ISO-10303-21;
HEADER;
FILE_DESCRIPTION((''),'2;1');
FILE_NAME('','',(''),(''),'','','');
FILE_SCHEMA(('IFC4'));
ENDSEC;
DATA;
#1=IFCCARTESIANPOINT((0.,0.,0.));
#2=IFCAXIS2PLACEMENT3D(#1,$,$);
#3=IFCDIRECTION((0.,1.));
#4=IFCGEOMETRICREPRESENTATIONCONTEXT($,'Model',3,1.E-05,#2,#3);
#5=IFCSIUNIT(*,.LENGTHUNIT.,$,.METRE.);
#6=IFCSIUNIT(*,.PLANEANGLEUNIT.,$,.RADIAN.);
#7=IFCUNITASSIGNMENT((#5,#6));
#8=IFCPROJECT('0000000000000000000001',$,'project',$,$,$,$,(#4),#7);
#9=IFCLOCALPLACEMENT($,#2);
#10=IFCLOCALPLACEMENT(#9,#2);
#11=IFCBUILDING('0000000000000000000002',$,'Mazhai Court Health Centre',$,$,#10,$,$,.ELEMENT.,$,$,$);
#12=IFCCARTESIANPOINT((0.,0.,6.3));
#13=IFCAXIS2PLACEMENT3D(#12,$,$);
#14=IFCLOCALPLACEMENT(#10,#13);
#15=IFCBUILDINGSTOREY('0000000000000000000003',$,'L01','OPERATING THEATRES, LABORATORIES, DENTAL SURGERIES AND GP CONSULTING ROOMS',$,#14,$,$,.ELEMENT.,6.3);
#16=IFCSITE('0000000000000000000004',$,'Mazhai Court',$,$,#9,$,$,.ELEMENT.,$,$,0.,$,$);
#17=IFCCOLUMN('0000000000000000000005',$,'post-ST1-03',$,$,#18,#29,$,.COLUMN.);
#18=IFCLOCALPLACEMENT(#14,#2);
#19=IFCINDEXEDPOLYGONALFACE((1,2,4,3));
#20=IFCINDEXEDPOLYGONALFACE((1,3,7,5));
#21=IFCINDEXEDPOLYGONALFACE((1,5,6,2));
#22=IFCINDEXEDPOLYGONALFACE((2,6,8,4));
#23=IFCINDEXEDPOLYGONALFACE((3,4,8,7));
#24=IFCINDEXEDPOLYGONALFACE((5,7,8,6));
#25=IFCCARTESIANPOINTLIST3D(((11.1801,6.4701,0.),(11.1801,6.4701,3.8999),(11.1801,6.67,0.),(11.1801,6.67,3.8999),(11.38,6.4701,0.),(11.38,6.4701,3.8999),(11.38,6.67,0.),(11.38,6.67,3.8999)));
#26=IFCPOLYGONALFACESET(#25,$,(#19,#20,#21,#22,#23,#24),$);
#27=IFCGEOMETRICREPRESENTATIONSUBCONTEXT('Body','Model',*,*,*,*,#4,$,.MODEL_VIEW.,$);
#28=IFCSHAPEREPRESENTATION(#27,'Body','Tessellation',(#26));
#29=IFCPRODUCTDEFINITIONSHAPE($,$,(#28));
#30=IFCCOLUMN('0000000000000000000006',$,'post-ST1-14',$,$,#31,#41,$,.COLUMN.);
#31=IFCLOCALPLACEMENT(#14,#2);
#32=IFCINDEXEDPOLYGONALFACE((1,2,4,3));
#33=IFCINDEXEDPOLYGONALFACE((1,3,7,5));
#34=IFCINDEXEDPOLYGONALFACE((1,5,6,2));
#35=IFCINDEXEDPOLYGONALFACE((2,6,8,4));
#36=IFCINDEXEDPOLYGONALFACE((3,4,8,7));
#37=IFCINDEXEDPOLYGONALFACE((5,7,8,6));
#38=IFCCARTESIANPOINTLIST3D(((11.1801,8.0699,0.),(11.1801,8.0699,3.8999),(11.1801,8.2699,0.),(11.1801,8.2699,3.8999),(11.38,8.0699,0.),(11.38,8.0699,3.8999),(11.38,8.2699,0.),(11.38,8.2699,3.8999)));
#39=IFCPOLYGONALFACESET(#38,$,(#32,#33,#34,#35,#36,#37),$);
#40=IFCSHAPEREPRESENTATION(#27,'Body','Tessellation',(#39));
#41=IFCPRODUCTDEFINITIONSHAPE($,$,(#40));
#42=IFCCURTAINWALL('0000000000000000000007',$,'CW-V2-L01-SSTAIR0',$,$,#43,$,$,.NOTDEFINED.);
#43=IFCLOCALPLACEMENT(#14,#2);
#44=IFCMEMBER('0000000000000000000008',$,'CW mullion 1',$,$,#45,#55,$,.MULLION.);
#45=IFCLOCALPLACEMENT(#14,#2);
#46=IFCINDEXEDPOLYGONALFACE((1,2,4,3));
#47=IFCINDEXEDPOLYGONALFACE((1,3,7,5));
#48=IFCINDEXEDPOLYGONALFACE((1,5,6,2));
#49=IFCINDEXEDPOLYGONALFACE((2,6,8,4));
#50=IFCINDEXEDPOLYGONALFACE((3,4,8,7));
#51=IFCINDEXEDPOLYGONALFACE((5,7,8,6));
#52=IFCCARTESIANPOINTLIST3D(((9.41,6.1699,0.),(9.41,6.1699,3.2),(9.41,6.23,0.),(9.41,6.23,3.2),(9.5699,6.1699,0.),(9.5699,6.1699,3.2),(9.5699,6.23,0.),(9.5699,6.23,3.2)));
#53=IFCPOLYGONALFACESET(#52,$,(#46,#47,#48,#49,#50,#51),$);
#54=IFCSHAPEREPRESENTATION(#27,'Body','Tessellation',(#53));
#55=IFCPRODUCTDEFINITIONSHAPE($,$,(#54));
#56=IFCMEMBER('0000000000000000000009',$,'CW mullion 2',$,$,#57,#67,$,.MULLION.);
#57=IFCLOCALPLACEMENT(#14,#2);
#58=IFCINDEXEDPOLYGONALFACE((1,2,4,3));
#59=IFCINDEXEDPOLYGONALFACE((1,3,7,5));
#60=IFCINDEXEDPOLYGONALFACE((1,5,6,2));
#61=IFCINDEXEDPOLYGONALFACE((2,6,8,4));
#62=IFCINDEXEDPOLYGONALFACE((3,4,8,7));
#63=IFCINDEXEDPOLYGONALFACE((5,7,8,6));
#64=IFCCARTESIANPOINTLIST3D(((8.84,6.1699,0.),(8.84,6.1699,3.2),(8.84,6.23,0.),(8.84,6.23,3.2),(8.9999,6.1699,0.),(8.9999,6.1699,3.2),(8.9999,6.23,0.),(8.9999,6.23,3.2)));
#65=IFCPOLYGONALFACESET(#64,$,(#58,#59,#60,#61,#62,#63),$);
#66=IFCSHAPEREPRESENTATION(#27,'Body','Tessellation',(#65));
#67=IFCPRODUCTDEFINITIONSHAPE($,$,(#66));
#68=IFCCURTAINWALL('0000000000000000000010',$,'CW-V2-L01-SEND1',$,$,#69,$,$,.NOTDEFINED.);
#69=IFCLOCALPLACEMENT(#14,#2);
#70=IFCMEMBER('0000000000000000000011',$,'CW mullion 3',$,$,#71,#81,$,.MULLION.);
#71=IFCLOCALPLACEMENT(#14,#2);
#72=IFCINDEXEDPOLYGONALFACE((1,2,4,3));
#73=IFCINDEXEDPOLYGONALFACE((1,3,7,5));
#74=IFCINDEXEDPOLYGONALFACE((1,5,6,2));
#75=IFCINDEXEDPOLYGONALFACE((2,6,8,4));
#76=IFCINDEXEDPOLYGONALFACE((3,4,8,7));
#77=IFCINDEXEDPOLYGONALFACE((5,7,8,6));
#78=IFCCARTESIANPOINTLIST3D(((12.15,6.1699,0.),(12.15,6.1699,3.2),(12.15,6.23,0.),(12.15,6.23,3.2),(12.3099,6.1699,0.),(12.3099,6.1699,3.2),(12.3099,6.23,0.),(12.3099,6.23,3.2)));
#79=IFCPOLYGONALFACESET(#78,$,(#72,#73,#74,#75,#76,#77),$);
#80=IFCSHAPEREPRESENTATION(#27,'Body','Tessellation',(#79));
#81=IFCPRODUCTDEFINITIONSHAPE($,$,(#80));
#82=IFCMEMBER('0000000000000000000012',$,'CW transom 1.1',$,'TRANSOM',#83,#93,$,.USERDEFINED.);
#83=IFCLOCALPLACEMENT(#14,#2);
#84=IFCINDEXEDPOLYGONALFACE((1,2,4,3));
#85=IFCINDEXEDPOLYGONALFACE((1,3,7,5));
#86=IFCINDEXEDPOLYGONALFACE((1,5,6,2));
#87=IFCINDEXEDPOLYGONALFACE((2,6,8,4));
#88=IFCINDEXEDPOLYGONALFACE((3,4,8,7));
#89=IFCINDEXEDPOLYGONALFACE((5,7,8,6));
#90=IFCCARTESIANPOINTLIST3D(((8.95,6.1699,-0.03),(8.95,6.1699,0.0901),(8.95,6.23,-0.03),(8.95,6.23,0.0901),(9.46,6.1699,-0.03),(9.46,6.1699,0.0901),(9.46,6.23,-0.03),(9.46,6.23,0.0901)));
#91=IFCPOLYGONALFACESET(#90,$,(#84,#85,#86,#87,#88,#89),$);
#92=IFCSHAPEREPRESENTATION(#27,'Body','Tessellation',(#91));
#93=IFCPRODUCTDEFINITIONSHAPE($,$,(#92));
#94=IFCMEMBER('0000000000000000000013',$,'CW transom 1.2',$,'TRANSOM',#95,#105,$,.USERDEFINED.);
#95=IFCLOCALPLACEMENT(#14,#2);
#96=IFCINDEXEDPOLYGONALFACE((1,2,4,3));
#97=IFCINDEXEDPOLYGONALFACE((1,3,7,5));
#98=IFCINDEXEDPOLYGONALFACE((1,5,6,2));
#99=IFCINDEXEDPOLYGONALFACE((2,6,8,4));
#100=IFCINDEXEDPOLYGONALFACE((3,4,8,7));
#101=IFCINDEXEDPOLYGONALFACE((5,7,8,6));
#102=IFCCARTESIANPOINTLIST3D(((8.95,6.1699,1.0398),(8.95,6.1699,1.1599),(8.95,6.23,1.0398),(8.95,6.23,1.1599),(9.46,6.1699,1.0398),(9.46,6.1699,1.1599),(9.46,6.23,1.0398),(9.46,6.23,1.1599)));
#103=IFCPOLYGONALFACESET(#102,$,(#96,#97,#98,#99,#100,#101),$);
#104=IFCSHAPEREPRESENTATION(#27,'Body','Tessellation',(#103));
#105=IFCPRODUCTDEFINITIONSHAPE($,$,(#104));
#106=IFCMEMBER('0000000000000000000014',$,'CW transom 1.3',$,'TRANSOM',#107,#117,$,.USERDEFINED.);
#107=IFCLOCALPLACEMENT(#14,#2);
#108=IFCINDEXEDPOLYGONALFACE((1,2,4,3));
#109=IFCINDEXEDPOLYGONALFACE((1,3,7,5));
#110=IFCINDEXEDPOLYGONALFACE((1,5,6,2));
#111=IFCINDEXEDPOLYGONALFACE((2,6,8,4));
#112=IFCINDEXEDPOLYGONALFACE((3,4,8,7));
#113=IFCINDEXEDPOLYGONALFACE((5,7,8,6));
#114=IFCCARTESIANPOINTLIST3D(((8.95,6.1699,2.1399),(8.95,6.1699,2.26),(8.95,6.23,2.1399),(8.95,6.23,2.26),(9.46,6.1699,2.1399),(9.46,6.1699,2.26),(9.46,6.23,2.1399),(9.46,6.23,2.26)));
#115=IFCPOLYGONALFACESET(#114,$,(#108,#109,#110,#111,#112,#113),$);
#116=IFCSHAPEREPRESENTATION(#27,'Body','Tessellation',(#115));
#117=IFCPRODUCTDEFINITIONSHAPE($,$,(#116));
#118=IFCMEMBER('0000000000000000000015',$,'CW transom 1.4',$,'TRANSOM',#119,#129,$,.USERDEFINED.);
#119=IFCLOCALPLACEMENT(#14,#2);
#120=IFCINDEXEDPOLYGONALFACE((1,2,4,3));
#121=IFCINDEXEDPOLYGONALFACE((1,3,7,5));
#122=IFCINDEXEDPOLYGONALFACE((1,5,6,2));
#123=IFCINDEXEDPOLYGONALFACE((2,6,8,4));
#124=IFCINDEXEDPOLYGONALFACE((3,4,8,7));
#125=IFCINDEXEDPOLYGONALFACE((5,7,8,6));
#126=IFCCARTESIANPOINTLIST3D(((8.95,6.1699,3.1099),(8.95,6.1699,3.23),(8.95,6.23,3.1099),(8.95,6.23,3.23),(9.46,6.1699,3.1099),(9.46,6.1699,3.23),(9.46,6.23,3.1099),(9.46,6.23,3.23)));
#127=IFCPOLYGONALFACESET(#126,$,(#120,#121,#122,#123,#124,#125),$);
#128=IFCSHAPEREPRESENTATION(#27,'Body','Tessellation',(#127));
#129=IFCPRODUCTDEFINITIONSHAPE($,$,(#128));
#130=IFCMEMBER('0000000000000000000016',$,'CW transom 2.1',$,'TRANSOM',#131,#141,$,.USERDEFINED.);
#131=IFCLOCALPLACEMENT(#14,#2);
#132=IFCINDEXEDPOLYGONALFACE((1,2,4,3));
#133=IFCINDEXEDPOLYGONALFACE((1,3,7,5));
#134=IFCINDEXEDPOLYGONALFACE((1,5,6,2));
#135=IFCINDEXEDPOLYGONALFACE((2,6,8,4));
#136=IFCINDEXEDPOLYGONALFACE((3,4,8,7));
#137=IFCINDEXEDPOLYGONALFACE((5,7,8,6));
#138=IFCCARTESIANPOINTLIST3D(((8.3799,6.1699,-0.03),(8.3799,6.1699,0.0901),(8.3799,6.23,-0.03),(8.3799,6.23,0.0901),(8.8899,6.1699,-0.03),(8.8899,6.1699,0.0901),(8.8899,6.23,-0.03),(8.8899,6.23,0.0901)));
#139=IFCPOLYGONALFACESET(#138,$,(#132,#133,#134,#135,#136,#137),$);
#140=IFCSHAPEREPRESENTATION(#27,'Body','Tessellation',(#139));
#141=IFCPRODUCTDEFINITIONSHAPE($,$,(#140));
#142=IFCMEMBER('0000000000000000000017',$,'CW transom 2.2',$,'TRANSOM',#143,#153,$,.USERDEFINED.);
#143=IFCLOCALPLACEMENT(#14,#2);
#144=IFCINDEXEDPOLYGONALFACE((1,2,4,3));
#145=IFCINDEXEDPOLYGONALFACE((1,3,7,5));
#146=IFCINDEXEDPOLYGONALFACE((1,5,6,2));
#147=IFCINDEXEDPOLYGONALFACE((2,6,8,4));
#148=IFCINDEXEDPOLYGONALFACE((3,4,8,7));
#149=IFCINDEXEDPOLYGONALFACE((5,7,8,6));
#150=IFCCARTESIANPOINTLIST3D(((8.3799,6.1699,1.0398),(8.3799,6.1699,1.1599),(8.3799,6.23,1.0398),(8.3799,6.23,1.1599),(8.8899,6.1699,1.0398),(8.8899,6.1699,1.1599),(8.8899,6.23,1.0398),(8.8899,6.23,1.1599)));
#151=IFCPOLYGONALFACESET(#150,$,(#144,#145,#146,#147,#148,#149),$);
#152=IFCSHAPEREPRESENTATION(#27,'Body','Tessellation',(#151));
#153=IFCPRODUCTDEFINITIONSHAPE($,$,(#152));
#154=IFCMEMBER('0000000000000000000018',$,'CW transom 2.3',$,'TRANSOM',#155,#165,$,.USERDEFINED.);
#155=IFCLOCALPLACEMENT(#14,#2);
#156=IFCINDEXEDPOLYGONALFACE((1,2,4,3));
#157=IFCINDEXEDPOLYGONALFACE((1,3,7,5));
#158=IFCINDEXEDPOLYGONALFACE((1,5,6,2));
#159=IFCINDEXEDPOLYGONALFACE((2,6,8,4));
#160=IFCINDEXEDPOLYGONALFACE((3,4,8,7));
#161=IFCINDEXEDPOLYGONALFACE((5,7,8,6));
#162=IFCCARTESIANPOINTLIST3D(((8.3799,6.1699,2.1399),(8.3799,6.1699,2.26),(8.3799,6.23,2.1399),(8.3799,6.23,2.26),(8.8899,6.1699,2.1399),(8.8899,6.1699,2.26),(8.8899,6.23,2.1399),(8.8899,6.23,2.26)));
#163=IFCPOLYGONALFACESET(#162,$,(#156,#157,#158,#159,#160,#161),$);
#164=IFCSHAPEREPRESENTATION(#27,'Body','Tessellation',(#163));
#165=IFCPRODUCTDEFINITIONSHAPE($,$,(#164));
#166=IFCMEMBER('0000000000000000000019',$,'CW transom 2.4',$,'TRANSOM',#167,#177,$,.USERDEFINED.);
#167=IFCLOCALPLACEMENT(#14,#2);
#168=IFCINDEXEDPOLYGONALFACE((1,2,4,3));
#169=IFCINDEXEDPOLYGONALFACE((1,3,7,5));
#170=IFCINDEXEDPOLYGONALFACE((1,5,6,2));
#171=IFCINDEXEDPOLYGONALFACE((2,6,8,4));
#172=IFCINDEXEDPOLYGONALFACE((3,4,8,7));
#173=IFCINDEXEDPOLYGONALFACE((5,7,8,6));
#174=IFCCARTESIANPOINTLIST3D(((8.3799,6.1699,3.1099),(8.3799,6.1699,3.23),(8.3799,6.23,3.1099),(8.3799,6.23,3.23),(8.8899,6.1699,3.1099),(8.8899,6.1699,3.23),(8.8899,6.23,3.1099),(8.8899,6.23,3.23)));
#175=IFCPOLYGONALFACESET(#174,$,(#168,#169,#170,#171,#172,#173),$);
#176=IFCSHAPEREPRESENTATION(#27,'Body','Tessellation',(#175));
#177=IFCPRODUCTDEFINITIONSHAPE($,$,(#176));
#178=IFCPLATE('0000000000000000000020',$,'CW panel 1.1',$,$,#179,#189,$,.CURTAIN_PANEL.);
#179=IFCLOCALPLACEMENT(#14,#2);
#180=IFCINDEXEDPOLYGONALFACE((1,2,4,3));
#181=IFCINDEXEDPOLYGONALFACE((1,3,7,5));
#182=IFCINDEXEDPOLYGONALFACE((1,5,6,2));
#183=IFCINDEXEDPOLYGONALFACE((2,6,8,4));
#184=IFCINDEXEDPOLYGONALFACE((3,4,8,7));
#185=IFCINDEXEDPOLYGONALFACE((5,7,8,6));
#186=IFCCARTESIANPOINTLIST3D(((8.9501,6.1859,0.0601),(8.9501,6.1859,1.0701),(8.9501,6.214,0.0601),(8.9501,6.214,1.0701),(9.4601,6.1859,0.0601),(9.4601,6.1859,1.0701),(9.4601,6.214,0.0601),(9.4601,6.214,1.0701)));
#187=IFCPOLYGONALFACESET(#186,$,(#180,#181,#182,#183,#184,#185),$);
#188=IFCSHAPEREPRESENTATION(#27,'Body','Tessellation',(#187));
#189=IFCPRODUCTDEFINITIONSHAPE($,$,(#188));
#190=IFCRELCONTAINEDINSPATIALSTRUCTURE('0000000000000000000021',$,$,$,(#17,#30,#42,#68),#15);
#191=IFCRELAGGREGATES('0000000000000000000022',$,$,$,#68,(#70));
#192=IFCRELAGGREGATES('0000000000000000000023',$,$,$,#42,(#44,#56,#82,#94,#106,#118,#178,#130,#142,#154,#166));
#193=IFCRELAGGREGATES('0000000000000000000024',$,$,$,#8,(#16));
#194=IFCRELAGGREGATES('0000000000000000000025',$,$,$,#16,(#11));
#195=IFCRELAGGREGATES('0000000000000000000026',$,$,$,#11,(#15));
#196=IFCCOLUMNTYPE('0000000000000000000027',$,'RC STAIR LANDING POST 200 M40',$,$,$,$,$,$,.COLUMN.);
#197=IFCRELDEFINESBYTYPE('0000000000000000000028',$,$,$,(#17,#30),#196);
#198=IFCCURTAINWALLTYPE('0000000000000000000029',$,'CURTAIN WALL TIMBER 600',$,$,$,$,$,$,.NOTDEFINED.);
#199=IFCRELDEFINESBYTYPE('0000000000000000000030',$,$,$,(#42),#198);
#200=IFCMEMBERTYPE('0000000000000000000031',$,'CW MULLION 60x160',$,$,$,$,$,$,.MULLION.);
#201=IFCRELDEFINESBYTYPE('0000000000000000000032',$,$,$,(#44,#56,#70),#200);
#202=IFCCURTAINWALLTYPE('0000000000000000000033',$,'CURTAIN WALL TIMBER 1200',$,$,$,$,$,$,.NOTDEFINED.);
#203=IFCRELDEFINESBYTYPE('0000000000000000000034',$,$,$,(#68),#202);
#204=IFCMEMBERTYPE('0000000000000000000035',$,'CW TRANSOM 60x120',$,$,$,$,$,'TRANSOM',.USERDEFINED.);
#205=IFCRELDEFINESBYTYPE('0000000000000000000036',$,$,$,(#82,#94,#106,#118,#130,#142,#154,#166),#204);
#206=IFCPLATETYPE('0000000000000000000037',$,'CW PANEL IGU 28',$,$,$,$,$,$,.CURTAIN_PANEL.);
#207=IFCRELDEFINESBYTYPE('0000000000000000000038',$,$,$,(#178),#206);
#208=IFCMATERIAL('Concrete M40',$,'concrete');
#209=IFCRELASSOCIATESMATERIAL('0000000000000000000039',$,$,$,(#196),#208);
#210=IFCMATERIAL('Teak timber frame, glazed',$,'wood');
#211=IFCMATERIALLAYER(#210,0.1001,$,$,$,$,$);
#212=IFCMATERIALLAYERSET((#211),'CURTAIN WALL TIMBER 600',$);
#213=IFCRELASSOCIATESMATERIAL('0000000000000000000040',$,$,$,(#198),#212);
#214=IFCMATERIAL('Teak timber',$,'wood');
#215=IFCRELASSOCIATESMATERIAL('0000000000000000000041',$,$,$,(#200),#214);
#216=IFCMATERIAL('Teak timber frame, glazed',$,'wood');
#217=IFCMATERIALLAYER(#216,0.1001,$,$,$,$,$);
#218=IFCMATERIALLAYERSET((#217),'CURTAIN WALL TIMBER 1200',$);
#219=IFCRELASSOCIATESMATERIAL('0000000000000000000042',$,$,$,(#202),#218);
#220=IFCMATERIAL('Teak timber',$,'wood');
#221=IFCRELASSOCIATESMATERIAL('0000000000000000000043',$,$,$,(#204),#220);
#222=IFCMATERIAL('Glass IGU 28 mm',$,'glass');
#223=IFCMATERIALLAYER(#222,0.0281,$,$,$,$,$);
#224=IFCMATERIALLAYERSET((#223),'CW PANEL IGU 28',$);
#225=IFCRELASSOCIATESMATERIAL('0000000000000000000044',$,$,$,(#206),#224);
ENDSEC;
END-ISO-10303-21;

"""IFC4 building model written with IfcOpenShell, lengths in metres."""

from ifc_helpers import new_model, si_unit, direction, frame, origin, origin_2d, place, context, subcontext, project, spatial, rectangle, extrude, material, layer, layer_set, material_profile, profile_set, type_object, element, aggregate, save


model = new_model("IFC4")

# Units and contexts
model_context = context("Model", 3, precision=1e-05, world=origin(), true_north=direction((0.0, 1.0)))
body_context = subcontext(model_context, "Body", "Model", "MODEL_VIEW")
ifc_project = project(units=[si_unit("LENGTHUNIT", "METRE"), si_unit("PLANEANGLEUNIT", "RADIAN")], contexts=[model_context])

# Site, building, storey
site_placement = place(None, origin())
site = spatial("IfcSite", under=ifc_project, at=site_placement, Name="Mazhai Court", CompositionType="ELEMENT", RefElevation=0.0)
building_placement = place(site_placement, origin())
building = spatial("IfcBuilding", under=site, at=building_placement, Name="Mazhai Court Health Centre", CompositionType="ELEMENT")
storey_placement = place(building_placement, frame((0.0, 0.0, 6.3)))
storey = spatial("IfcBuildingStorey", under=building, at=storey_placement, Name="L01", Description="OPERATING THEATRES, LABORATORIES, DENTAL SURGERIES AND GP CONSULTING ROOMS", CompositionType="ELEMENT", Elevation=6.3)

# Columns
ifc_material_1 = material(Name="Concrete M40", Category="concrete")
ifc_material_profile_1 = material_profile(ifc_material_1, rectangle(XDim=0.2, YDim=0.2, at=origin_2d()), Name="RC 200x200")
ifc_profile_set_1 = profile_set([ifc_material_profile_1], Name="Concrete M40")
column_type = type_object("IfcColumnType", Name="RC STAIR LANDING POST 200 M40", PredefinedType="COLUMN", material=ifc_profile_set_1)
for number, where, z_axis, x_axis, name in (
    (1, (11.28, 6.5701, 0.0), (0.0, 0.0, 1.0), (1.0, 0.0, 0.0), "post-ST1-03"),
    (2, (11.28, 8.1699, 0.0), (0.0, 0.0, 1.0), (1.0, 0.0, 0.0), "post-ST1-14"),
):
    element("IfcColumn", number, at=place(storey_placement, frame(where, z_axis=z_axis, x_axis=x_axis)), inside=storey, type_object=column_type, Name=name, PredefinedType="COLUMN", context=body_context, shape_type="SweptSolid", body=[
        extrude(rectangle(XDim=0.2, YDim=0.2, at=origin_2d()), origin(), (0.0, 0.0, 1.0), 3.8999),
    ])

# Curtain wall, members
ifc_material_2 = material(Name="Teak timber frame, glazed", Category="wood")
ifc_layer_1 = layer(ifc_material_2, 0.1001)
ifc_layer_set_1 = layer_set([ifc_layer_1], Name="CURTAIN WALL TIMBER 600")
curtain_wall_type_1 = type_object("IfcCurtainWallType", Name="CURTAIN WALL TIMBER 600", PredefinedType="NOTDEFINED", material=ifc_layer_set_1)
curtain_wall_1_placement = place(storey_placement, origin())
curtain_wall_1 = element("IfcCurtainWall", 3, at=curtain_wall_1_placement, inside=storey, type_object=curtain_wall_type_1, Name="CW-V2-L01-SSTAIR0", PredefinedType="NOTDEFINED")
ifc_material_3 = material(Name="Teak timber", Category="wood")
ifc_material_profile_2 = material_profile(ifc_material_3, rectangle(XDim=0.0601, YDim=0.1599, at=origin_2d()), Name="CW MULLION 60x160")
ifc_profile_set_2 = profile_set([ifc_material_profile_2], Name="Teak timber")
member_type_1 = type_object("IfcMemberType", Name="CW MULLION 60x160", PredefinedType="MULLION", material=ifc_profile_set_2)
member_1_placement = place(storey_placement, frame((9.49, 6.2, 0.0), z_axis=(0.0, 0.0, 1.0), x_axis=(0.0, -1.0, 0.0)))
member_1 = element("IfcMember", 4, at=member_1_placement, type_object=member_type_1, Name="CW mullion 1", PredefinedType="MULLION", context=body_context, shape_type="SweptSolid", body=[
    extrude(rectangle(XDim=0.0601, YDim=0.1599, at=origin_2d()), origin(), (0.0, 0.0, 1.0), 3.2),
])
member_2_placement = place(storey_placement, frame((8.9199, 6.2, 0.0), z_axis=(0.0, 0.0, 1.0), x_axis=(0.0, -1.0, 0.0)))
member_2 = element("IfcMember", 5, at=member_2_placement, type_object=member_type_1, Name="CW mullion 2", PredefinedType="MULLION", context=body_context, shape_type="SweptSolid", body=[
    extrude(rectangle(XDim=0.0601, YDim=0.1599, at=origin_2d()), origin(), (0.0, 0.0, 1.0), 3.2),
])

# Curtain wall, member
ifc_material_4 = material(Name="Teak timber frame, glazed", Category="wood")
ifc_layer_2 = layer(ifc_material_4, 0.1001)
ifc_layer_set_2 = layer_set([ifc_layer_2], Name="CURTAIN WALL TIMBER 1200")
curtain_wall_type_2 = type_object("IfcCurtainWallType", Name="CURTAIN WALL TIMBER 1200", PredefinedType="NOTDEFINED", material=ifc_layer_set_2)
curtain_wall_2_placement = place(storey_placement, origin())
curtain_wall_2 = element("IfcCurtainWall", 6, at=curtain_wall_2_placement, inside=storey, type_object=curtain_wall_type_2, Name="CW-V2-L01-SEND1", PredefinedType="NOTDEFINED")
member_3_placement = place(storey_placement, frame((12.23, 6.2, 0.0), z_axis=(0.0, 0.0, 1.0), x_axis=(0.0, -1.0, 0.0)))
member_3 = element("IfcMember", 7, at=member_3_placement, type_object=member_type_1, Name="CW mullion 3", PredefinedType="MULLION", context=body_context, shape_type="SweptSolid", body=[
    extrude(rectangle(XDim=0.0601, YDim=0.1599, at=origin_2d()), origin(), (0.0, 0.0, 1.0), 3.2),
])
aggregate(curtain_wall_2, [member_3])

# Members
ifc_material_5 = material(Name="Teak timber", Category="wood")
ifc_material_profile_3 = material_profile(ifc_material_5, rectangle(XDim=0.0601, YDim=0.1201, at=origin_2d()), Name="CW TRANSOM 60x120")
ifc_profile_set_3 = profile_set([ifc_material_profile_3], Name="Teak timber")
member_type_2 = type_object("IfcMemberType", Name="CW TRANSOM 60x120", ElementType="TRANSOM", PredefinedType="USERDEFINED", material=ifc_profile_set_3)
member_4_placement = place(storey_placement, frame((9.46, 6.2, 0.03), z_axis=(-1.0, 0.0, 0.0), x_axis=(0.0, -1.0, 0.0)))
member_4 = element("IfcMember", 8, at=member_4_placement, type_object=member_type_2, Name="CW transom 1.1", ObjectType="TRANSOM", PredefinedType="USERDEFINED", context=body_context, shape_type="SweptSolid", body=[
    extrude(rectangle(XDim=0.0601, YDim=0.1201, at=origin_2d()), origin(), (0.0, 0.0, 1.0), 0.51),
])
member_5_placement = place(storey_placement, frame((9.46, 6.2, 1.0999), z_axis=(-1.0, 0.0, 0.0), x_axis=(0.0, -1.0, 0.0)))
member_5 = element("IfcMember", 9, at=member_5_placement, type_object=member_type_2, Name="CW transom 1.2", ObjectType="TRANSOM", PredefinedType="USERDEFINED", context=body_context, shape_type="SweptSolid", body=[
    extrude(rectangle(XDim=0.0601, YDim=0.1201, at=origin_2d()), origin(), (0.0, 0.0, 1.0), 0.51),
])
member_6_placement = place(storey_placement, frame((9.46, 6.2, 2.2), z_axis=(-1.0, 0.0, 0.0), x_axis=(0.0, -1.0, 0.0)))
member_6 = element("IfcMember", 10, at=member_6_placement, type_object=member_type_2, Name="CW transom 1.3", ObjectType="TRANSOM", PredefinedType="USERDEFINED", context=body_context, shape_type="SweptSolid", body=[
    extrude(rectangle(XDim=0.0601, YDim=0.1201, at=origin_2d()), origin(), (0.0, 0.0, 1.0), 0.51),
])
member_7_placement = place(storey_placement, frame((9.46, 6.2, 3.1699), z_axis=(-1.0, 0.0, 0.0), x_axis=(0.0, -1.0, 0.0)))
member_7 = element("IfcMember", 11, at=member_7_placement, type_object=member_type_2, Name="CW transom 1.4", ObjectType="TRANSOM", PredefinedType="USERDEFINED", context=body_context, shape_type="SweptSolid", body=[
    extrude(rectangle(XDim=0.0601, YDim=0.1201, at=origin_2d()), origin(), (0.0, 0.0, 1.0), 0.51),
])
member_8_placement = place(storey_placement, frame((8.8899, 6.2, 0.03), z_axis=(-1.0, 0.0, 0.0), x_axis=(0.0, -1.0, 0.0)))
member_8 = element("IfcMember", 12, at=member_8_placement, type_object=member_type_2, Name="CW transom 2.1", ObjectType="TRANSOM", PredefinedType="USERDEFINED", context=body_context, shape_type="SweptSolid", body=[
    extrude(rectangle(XDim=0.0601, YDim=0.1201, at=origin_2d()), origin(), (0.0, 0.0, 1.0), 0.51),
])
member_9_placement = place(storey_placement, frame((8.8899, 6.2, 1.0999), z_axis=(-1.0, 0.0, 0.0), x_axis=(0.0, -1.0, 0.0)))
member_9 = element("IfcMember", 13, at=member_9_placement, type_object=member_type_2, Name="CW transom 2.2", ObjectType="TRANSOM", PredefinedType="USERDEFINED", context=body_context, shape_type="SweptSolid", body=[
    extrude(rectangle(XDim=0.0601, YDim=0.1201, at=origin_2d()), origin(), (0.0, 0.0, 1.0), 0.51),
])
member_10_placement = place(storey_placement, frame((8.8899, 6.2, 2.2), z_axis=(-1.0, 0.0, 0.0), x_axis=(0.0, -1.0, 0.0)))
member_10 = element("IfcMember", 14, at=member_10_placement, type_object=member_type_2, Name="CW transom 2.3", ObjectType="TRANSOM", PredefinedType="USERDEFINED", context=body_context, shape_type="SweptSolid", body=[
    extrude(rectangle(XDim=0.0601, YDim=0.1201, at=origin_2d()), origin(), (0.0, 0.0, 1.0), 0.51),
])
member_11_placement = place(storey_placement, frame((8.8899, 6.2, 3.1699), z_axis=(-1.0, 0.0, 0.0), x_axis=(0.0, -1.0, 0.0)))
member_11 = element("IfcMember", 15, at=member_11_placement, type_object=member_type_2, Name="CW transom 2.4", ObjectType="TRANSOM", PredefinedType="USERDEFINED", context=body_context, shape_type="SweptSolid", body=[
    extrude(rectangle(XDim=0.0601, YDim=0.1201, at=origin_2d()), origin(), (0.0, 0.0, 1.0), 0.51),
])

# Plate
ifc_material_6 = material(Name="Glass IGU 28 mm", Category="glass")
ifc_layer_3 = layer(ifc_material_6, 0.0281)
ifc_layer_set_3 = layer_set([ifc_layer_3], Name="CW PANEL IGU 28")
plate_type = type_object("IfcPlateType", Name="CW PANEL IGU 28", PredefinedType="CURTAIN_PANEL", material=ifc_layer_set_3)
plate_1_placement = place(storey_placement, frame((9.2051, 6.2, 0.0601), z_axis=(0.0, 0.0, 1.0), x_axis=(-1.0, 0.0, 0.0)))
plate_1 = element("IfcPlate", 16, at=plate_1_placement, type_object=plate_type, Name="CW panel 1.1", PredefinedType="CURTAIN_PANEL", context=body_context, shape_type="SweptSolid", body=[
    extrude(rectangle(XDim=0.51, YDim=0.0281, at=origin_2d()), origin(), (0.0, 0.0, 1.0), 1.01),
])
aggregate(curtain_wall_1, [member_1, member_2, member_4, member_5, member_6, member_7, plate_1, member_8, member_9, member_10, member_11])

save(model, "model.ifc")
